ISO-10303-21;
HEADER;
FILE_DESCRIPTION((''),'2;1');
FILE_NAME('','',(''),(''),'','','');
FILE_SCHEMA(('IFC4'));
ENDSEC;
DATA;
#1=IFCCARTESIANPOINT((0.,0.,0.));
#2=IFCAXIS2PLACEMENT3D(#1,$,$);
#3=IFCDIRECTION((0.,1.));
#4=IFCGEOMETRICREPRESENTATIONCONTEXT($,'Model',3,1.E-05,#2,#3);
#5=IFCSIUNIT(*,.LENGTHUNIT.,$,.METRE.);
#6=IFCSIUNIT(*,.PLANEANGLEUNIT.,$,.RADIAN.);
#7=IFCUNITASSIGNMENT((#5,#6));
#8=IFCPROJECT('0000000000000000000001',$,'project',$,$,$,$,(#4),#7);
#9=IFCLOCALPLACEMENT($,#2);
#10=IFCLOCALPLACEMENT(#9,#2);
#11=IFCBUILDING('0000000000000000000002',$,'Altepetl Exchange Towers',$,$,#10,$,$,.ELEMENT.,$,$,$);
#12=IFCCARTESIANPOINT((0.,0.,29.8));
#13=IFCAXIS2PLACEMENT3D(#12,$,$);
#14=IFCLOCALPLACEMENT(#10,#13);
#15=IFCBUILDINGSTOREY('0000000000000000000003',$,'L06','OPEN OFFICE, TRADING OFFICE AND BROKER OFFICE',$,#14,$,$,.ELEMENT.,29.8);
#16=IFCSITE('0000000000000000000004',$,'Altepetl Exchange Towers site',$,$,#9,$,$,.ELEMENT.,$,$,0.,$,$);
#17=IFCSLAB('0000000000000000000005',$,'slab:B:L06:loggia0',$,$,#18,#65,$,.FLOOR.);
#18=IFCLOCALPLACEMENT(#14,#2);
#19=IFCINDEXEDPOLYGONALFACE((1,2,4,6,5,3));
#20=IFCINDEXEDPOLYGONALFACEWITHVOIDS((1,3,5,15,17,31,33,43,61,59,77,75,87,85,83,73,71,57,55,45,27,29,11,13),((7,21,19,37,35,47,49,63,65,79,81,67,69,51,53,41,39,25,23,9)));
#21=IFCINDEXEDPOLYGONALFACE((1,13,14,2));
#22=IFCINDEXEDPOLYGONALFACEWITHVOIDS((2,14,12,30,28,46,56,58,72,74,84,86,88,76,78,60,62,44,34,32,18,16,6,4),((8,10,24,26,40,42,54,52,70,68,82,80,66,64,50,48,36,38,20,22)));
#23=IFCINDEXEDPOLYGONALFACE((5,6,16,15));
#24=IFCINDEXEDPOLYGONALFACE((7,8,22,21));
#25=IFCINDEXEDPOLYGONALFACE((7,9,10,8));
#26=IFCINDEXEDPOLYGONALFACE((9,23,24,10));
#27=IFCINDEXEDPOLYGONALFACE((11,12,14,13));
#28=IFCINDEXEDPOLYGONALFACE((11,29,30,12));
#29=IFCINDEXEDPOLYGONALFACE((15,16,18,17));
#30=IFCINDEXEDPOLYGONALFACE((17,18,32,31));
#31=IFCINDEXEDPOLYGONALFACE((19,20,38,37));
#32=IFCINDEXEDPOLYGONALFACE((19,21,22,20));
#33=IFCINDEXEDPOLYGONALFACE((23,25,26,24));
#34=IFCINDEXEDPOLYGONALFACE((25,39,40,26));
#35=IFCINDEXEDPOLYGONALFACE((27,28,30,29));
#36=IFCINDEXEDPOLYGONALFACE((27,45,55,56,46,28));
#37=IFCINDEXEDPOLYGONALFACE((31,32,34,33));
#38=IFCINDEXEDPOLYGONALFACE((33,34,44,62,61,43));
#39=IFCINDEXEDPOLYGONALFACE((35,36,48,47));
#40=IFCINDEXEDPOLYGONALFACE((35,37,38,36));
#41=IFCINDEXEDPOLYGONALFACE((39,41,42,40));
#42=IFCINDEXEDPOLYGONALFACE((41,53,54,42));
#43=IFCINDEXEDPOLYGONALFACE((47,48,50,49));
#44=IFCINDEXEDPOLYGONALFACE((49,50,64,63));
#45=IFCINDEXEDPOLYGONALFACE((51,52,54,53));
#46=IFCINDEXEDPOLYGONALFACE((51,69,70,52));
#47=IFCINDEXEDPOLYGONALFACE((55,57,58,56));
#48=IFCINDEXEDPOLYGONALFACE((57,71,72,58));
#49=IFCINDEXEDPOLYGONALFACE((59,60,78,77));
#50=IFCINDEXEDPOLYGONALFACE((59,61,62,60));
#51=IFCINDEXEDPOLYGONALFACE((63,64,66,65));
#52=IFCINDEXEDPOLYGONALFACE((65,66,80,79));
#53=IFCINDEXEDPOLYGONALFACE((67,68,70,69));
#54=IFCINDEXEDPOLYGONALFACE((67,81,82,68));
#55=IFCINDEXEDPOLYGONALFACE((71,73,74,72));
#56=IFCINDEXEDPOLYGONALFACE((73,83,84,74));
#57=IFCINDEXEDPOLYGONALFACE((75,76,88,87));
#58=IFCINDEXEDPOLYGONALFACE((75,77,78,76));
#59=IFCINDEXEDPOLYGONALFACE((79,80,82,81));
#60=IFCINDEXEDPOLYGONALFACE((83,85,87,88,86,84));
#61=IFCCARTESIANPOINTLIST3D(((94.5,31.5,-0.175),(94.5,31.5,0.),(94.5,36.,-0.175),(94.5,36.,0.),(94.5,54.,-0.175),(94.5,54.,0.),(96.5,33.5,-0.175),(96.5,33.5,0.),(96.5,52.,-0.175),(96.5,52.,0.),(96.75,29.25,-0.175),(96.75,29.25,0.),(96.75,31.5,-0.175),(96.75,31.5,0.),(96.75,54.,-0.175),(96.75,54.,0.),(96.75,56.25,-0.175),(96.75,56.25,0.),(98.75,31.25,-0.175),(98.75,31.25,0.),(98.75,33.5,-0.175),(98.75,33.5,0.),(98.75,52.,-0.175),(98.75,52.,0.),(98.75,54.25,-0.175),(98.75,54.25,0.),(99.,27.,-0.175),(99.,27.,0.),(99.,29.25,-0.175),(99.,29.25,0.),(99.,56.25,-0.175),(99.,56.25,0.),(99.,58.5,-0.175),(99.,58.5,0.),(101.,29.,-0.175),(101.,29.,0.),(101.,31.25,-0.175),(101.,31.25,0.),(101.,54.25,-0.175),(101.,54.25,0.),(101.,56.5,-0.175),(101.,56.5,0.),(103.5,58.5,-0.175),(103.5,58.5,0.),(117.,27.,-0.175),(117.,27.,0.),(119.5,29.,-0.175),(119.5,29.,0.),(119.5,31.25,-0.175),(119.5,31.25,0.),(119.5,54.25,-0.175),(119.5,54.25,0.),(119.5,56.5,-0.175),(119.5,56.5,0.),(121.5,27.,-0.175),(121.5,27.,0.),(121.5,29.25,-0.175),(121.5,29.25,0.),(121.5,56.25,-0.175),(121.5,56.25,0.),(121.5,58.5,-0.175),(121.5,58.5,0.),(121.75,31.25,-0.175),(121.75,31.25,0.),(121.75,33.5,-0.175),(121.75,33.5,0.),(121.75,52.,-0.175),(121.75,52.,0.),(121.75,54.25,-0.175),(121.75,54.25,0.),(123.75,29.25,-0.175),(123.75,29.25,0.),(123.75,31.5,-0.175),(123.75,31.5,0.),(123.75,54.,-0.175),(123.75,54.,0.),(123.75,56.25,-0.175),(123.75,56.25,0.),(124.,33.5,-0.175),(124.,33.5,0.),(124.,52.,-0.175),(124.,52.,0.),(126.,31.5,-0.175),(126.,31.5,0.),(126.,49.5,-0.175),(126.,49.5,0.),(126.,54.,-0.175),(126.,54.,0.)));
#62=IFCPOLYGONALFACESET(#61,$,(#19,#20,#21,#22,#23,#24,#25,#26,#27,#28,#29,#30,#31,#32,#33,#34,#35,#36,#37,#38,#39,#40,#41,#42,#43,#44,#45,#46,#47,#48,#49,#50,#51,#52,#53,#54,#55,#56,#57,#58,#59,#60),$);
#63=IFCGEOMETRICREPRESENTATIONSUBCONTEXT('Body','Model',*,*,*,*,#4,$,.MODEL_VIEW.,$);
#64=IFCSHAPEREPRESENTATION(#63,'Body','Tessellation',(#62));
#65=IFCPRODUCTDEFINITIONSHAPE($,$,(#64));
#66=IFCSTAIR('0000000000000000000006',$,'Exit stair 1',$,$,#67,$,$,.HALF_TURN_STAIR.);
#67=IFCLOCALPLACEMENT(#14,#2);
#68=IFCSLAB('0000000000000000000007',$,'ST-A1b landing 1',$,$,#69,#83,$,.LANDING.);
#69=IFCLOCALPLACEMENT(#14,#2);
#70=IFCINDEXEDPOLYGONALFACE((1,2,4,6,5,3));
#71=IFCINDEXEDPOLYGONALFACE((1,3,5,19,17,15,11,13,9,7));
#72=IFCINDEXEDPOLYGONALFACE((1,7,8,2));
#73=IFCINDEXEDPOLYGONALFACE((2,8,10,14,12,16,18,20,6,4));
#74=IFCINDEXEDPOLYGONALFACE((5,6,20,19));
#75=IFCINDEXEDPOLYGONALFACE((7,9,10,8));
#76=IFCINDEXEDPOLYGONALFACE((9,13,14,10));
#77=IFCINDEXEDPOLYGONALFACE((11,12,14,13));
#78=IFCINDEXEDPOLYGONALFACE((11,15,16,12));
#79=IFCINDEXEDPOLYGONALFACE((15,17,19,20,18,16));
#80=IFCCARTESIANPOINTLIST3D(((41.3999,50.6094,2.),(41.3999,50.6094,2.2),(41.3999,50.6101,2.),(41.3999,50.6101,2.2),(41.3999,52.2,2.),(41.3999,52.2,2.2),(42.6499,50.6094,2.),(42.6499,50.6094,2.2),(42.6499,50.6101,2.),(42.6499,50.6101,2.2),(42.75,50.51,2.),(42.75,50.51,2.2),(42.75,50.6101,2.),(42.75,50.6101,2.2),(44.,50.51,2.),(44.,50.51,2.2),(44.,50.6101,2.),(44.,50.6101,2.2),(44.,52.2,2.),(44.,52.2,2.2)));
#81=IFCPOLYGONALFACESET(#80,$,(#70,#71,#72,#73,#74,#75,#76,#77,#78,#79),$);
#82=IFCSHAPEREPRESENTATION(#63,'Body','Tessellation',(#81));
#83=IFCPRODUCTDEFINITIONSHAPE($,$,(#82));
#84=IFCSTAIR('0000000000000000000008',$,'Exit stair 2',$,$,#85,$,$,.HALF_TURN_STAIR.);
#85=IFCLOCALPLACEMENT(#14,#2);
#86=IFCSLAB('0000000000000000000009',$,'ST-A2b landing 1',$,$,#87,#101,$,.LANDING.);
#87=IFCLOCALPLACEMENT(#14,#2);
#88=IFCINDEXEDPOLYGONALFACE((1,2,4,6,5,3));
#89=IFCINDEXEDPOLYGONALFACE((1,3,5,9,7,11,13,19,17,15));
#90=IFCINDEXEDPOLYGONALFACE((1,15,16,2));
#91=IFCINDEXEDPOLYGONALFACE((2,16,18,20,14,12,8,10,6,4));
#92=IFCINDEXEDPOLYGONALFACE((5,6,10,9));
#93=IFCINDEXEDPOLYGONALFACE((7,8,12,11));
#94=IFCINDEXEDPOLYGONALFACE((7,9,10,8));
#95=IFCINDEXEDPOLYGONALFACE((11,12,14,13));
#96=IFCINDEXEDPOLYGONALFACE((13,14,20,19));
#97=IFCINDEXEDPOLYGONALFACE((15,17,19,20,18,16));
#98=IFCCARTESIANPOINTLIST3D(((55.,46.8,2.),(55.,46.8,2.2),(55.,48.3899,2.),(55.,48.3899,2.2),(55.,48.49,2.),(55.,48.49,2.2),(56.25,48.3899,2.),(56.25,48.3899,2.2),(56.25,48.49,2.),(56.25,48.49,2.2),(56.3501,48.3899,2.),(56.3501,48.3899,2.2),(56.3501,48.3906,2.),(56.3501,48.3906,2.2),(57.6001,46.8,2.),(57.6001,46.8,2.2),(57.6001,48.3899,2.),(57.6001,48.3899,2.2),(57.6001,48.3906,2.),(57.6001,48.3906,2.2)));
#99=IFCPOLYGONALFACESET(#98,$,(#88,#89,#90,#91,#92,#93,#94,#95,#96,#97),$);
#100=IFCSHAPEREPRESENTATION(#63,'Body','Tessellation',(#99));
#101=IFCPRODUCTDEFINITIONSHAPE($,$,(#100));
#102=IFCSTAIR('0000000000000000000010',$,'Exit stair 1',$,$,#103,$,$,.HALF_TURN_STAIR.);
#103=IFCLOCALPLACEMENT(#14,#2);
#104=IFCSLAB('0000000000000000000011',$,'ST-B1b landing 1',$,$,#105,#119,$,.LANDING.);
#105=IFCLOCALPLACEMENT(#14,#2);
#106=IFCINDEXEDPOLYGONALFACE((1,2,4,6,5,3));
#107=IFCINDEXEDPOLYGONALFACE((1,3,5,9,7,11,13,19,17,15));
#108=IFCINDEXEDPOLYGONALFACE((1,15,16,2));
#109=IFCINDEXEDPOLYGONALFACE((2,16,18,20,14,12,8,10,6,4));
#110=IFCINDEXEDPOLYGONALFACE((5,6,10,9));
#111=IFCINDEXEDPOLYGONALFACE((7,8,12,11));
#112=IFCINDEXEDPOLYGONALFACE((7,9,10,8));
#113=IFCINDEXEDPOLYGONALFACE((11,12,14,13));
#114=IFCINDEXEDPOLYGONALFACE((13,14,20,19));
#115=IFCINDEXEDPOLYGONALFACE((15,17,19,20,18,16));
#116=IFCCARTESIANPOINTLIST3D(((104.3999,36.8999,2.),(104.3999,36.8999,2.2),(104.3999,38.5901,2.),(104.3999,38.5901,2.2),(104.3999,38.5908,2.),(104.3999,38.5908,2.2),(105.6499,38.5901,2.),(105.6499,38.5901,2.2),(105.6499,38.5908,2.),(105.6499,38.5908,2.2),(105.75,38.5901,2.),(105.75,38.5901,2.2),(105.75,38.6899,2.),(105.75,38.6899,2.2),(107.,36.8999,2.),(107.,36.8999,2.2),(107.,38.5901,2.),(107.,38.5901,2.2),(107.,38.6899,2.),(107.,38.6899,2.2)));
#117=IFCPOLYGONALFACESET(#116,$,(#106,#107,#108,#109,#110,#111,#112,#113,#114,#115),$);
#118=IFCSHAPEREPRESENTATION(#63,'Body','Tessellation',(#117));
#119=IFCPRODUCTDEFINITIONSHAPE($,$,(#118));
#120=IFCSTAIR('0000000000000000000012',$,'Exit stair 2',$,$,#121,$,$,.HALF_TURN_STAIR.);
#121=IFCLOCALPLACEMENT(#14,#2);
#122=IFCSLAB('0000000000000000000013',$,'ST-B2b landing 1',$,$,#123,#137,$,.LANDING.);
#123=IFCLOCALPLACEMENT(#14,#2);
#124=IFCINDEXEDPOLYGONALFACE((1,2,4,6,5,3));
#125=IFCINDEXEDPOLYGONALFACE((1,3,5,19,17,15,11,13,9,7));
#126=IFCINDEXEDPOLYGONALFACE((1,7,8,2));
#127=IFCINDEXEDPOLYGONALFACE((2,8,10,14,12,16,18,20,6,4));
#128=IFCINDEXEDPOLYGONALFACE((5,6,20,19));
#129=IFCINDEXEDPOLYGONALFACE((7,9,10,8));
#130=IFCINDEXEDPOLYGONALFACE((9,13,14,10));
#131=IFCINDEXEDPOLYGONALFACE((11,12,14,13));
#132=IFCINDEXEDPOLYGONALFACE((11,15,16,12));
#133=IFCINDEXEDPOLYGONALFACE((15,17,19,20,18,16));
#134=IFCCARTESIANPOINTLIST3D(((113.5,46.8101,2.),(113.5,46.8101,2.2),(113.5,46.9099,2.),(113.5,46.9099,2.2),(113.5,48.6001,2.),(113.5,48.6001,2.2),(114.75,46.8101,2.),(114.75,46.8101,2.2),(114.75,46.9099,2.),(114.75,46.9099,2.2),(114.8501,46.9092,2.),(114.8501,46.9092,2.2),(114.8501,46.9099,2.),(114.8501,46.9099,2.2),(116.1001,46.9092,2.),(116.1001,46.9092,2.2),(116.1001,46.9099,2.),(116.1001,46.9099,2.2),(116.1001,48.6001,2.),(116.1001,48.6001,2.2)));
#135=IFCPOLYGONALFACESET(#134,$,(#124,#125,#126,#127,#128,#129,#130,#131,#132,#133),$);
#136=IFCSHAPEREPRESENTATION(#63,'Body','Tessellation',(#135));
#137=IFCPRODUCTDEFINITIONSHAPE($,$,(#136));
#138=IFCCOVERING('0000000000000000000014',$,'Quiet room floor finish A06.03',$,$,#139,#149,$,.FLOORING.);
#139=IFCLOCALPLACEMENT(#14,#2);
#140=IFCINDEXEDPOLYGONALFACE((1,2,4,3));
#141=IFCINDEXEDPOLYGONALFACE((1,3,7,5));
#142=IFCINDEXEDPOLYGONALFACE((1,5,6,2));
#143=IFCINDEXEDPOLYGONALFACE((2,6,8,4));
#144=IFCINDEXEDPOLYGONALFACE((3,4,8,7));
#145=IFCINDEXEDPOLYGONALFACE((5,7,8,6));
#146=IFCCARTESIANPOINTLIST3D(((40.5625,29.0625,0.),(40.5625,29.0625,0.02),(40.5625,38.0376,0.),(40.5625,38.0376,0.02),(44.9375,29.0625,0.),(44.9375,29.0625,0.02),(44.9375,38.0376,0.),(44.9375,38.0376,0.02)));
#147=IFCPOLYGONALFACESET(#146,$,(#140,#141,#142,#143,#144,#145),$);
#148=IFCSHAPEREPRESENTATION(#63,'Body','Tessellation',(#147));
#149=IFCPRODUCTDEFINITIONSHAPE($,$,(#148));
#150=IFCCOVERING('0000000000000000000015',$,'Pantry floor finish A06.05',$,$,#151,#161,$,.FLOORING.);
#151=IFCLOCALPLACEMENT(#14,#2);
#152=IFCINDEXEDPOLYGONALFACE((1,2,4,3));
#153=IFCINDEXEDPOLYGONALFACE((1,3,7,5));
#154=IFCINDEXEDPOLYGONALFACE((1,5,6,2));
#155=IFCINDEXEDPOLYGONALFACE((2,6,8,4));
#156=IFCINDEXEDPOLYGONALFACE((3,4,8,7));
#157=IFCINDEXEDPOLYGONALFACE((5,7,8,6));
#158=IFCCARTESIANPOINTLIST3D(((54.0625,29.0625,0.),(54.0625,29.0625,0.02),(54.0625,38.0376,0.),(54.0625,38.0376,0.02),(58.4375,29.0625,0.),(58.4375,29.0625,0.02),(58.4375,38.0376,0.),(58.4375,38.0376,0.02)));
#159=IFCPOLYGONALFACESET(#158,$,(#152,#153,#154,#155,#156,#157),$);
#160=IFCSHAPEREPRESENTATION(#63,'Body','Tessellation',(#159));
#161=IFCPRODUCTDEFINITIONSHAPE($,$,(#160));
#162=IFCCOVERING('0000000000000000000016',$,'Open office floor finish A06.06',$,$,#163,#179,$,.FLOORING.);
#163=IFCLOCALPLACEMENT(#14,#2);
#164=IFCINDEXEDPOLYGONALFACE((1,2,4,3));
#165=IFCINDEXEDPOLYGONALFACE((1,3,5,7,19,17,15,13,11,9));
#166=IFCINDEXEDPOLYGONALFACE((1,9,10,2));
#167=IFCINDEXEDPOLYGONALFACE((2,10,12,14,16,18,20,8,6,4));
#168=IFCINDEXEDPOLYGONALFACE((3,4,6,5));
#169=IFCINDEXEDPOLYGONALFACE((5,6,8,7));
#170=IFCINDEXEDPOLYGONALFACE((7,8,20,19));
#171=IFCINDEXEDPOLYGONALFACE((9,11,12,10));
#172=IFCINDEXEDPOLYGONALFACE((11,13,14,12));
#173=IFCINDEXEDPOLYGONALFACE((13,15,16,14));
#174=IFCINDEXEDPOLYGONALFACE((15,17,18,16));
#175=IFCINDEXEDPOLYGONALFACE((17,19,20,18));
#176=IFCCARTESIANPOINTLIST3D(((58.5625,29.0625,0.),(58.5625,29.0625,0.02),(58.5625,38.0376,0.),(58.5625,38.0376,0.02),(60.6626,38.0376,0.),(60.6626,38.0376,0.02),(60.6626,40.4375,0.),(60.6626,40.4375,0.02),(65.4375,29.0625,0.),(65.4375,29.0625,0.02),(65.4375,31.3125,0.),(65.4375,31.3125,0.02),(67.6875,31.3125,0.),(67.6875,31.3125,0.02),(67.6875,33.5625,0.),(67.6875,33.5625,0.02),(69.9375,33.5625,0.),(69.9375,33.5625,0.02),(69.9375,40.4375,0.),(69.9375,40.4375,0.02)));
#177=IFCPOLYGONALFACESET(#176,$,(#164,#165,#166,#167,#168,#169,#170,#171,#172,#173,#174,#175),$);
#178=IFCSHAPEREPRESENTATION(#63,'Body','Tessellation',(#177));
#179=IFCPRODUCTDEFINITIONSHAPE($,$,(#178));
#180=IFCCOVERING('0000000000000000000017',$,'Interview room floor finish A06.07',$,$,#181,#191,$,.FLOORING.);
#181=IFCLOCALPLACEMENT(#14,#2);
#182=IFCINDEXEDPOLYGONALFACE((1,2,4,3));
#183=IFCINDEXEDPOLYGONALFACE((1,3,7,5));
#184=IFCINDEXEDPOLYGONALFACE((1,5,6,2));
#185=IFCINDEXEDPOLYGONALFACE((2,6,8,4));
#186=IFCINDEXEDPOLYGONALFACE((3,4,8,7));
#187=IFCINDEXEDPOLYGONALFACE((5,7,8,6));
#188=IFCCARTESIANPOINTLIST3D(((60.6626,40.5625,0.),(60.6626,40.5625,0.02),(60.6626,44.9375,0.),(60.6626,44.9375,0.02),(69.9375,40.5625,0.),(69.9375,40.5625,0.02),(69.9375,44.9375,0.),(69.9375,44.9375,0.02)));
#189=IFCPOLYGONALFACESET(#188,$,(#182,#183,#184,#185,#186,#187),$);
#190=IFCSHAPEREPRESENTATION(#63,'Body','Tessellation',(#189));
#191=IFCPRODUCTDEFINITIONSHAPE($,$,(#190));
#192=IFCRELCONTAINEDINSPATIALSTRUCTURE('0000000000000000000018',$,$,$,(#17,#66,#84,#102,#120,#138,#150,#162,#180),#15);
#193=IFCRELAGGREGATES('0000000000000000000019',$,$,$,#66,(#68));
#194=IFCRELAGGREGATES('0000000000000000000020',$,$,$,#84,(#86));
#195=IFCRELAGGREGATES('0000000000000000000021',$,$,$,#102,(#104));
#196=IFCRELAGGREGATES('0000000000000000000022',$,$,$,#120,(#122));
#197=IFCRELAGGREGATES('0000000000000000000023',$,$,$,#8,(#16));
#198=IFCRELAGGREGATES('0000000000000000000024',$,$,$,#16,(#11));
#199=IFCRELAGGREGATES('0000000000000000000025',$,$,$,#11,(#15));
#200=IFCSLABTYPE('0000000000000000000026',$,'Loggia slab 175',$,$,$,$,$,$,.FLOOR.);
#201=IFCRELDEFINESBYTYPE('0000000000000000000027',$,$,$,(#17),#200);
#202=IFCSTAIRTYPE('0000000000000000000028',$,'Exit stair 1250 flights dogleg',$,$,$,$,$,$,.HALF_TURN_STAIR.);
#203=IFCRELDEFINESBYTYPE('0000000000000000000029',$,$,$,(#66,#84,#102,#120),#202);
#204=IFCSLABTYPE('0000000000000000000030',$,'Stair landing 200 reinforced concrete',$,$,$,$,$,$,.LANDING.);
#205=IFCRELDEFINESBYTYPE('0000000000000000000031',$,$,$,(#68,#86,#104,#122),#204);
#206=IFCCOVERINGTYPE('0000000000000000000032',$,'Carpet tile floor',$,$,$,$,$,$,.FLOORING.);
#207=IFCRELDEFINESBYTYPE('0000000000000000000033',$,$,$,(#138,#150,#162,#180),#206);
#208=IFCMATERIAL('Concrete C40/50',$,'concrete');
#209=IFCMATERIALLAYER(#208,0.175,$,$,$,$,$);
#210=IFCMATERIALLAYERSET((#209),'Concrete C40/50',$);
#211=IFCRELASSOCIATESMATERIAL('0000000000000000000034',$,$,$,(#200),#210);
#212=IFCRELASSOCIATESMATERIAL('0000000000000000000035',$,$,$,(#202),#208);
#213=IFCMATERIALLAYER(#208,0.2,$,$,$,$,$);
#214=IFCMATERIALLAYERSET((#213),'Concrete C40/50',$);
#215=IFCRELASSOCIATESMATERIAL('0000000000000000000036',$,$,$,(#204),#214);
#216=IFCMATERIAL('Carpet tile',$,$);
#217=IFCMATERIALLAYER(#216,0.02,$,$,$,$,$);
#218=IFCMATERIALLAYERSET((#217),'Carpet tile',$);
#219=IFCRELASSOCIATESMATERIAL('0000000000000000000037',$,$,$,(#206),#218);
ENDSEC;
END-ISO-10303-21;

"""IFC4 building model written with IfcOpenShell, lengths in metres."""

from ifc_helpers import new_model, si_unit, direction, frame, origin, place, context, subcontext, project, spatial, polyline, outline, extrude, material, layer, layer_set, type_object, element, aggregate, save


model = new_model("IFC4")

# Units and contexts
model_context = context("Model", 3, precision=1e-05, world=origin(), true_north=direction((0.0, 1.0)))
body_context = subcontext(model_context, "Body", "Model", "MODEL_VIEW")
ifc_project = project(units=[si_unit("LENGTHUNIT", "METRE"), si_unit("PLANEANGLEUNIT", "RADIAN")], contexts=[model_context])

# Site, building, storey
site_placement = place(None, origin())
site = spatial("IfcSite", under=ifc_project, at=site_placement, Name="Altepetl Exchange Towers site", CompositionType="ELEMENT", RefElevation=0.0)
building_placement = place(site_placement, origin())
building = spatial("IfcBuilding", under=site, at=building_placement, Name="Altepetl Exchange Towers", CompositionType="ELEMENT")
storey_placement = place(building_placement, frame((0.0, 0.0, 29.8)))
storey = spatial("IfcBuildingStorey", under=building, at=storey_placement, Name="L06", Description="OPEN OFFICE, TRADING OFFICE AND BROKER OFFICE", CompositionType="ELEMENT", Elevation=29.8)

# Slab
ifc_material_1 = material(Name="Concrete C40/50", Category="concrete")
ifc_layer_1 = layer(ifc_material_1, 0.175)
ifc_layer_set_1 = layer_set([ifc_layer_1], Name="Concrete C40/50")
slab_type_1 = type_object("IfcSlabType", Name="Loggia slab 175", PredefinedType="FLOOR", material=ifc_layer_set_1)
slab_1_placement = place(storey_placement, frame((0.0, 0.0, -0.175)))
element("IfcSlab", 1, at=slab_1_placement, inside=storey, type_object=slab_type_1, Name="slab:B:L06:loggia0", PredefinedType="FLOOR", context=body_context, shape_type="SweptSolid", body=[
    extrude(outline(polyline([(96.75, 54.0), (94.5, 54.0), (94.5, 36.0), (94.5, 31.5), (96.75, 31.5), (96.75, 29.25), (99.0, 29.25), (99.0, 27.0), (117.0, 27.0), (121.5, 27.0), (121.5, 29.25), (123.75, 29.25), (123.75, 31.5), (126.0, 31.5), (126.0, 49.5), (126.0, 54.0), (123.75, 54.0), (123.75, 56.25), (121.5, 56.25), (121.5, 58.5), (103.5, 58.5), (99.0, 58.5), (99.0, 56.25), (96.75, 56.25), (96.75, 54.0)]), holes=[polyline([(96.5, 52.0), (98.75, 52.0), (98.75, 54.25), (101.0, 54.25), (101.0, 56.5), (119.5, 56.5), (119.5, 54.25), (121.75, 54.25), (121.75, 52.0), (124.0, 52.0), (124.0, 33.5), (121.75, 33.5), (121.75, 31.25), (119.5, 31.25), (119.5, 29.0), (101.0, 29.0), (101.0, 31.25), (98.75, 31.25), (98.75, 33.5), (96.5, 33.5), (96.5, 52.0)])]), origin(), (0.0, 0.0, 1.0), 0.175),
])

# Stairs, slabs
stair_type = type_object("IfcStairType", Name="Exit stair 1250 flights dogleg", PredefinedType="HALF_TURN_STAIR", material=ifc_material_1)
stair_1_placement = place(storey_placement, origin())
stair_1 = element("IfcStair", 2, at=stair_1_placement, inside=storey, type_object=stair_type, Name="Exit stair 1", PredefinedType="HALF_TURN_STAIR")
ifc_layer_2 = layer(ifc_material_1, 0.2)
ifc_layer_set_2 = layer_set([ifc_layer_2], Name="Concrete C40/50")
slab_type_2 = type_object("IfcSlabType", Name="Stair landing 200 reinforced concrete", PredefinedType="LANDING", material=ifc_layer_set_2)
slab_2_placement = place(storey_placement, frame((0.0, 0.0, 2.0)))
slab_2 = element("IfcSlab", 3, at=slab_2_placement, type_object=slab_type_2, Name="ST-A1b landing 1", PredefinedType="LANDING", context=body_context, shape_type="SweptSolid", body=[
    extrude(outline(polyline([(44.0, 50.51), (42.75, 50.51), (42.75, 50.6101), (42.6499, 50.6101), (42.6499, 50.6094), (41.3999, 50.6094), (41.3999, 50.6101), (41.3999, 52.2), (44.0, 52.2), (44.0, 50.6101), (44.0, 50.51)])), origin(), (0.0, 0.0, 1.0), 0.2),
])
aggregate(stair_1, [slab_2])
stair_2_placement = place(storey_placement, origin())
stair_2 = element("IfcStair", 4, at=stair_2_placement, inside=storey, type_object=stair_type, Name="Exit stair 2", PredefinedType="HALF_TURN_STAIR")
slab_3_placement = place(storey_placement, frame((0.0, 0.0, 2.0)))
slab_3 = element("IfcSlab", 5, at=slab_3_placement, type_object=slab_type_2, Name="ST-A2b landing 1", PredefinedType="LANDING", context=body_context, shape_type="SweptSolid", body=[
    extrude(outline(polyline([(57.6001, 46.8), (55.0, 46.8), (55.0, 48.3899), (55.0, 48.49), (56.25, 48.49), (56.25, 48.3899), (56.3501, 48.3899), (56.3501, 48.3906), (57.6001, 48.3906), (57.6001, 48.3899), (57.6001, 46.8)])), origin(), (0.0, 0.0, 1.0), 0.2),
])
aggregate(stair_2, [slab_3])
stair_3_placement = place(storey_placement, origin())
stair_3 = element("IfcStair", 6, at=stair_3_placement, inside=storey, type_object=stair_type, Name="Exit stair 1", PredefinedType="HALF_TURN_STAIR")
slab_4_placement = place(storey_placement, frame((0.0, 0.0, 2.0)))
slab_4 = element("IfcSlab", 7, at=slab_4_placement, type_object=slab_type_2, Name="ST-B1b landing 1", PredefinedType="LANDING", context=body_context, shape_type="SweptSolid", body=[
    extrude(outline(polyline([(107.0, 36.8999), (104.3999, 36.8999), (104.3999, 38.5901), (104.3999, 38.5908), (105.6499, 38.5908), (105.6499, 38.5901), (105.75, 38.5901), (105.75, 38.6899), (107.0, 38.6899), (107.0, 38.5901), (107.0, 36.8999)])), origin(), (0.0, 0.0, 1.0), 0.2),
])
aggregate(stair_3, [slab_4])
stair_4_placement = place(storey_placement, origin())
stair_4 = element("IfcStair", 8, at=stair_4_placement, inside=storey, type_object=stair_type, Name="Exit stair 2", PredefinedType="HALF_TURN_STAIR")
slab_5_placement = place(storey_placement, frame((0.0, 0.0, 2.0)))
slab_5 = element("IfcSlab", 9, at=slab_5_placement, type_object=slab_type_2, Name="ST-B2b landing 1", PredefinedType="LANDING", context=body_context, shape_type="SweptSolid", body=[
    extrude(outline(polyline([(114.75, 46.8101), (113.5, 46.8101), (113.5, 46.9099), (113.5, 48.6001), (116.1001, 48.6001), (116.1001, 46.9099), (116.1001, 46.9092), (114.8501, 46.9092), (114.8501, 46.9099), (114.75, 46.9099), (114.75, 46.8101)])), origin(), (0.0, 0.0, 1.0), 0.2),
])
aggregate(stair_4, [slab_5])

# Coverings
ifc_material_2 = material(Name="Carpet tile")
ifc_layer_3 = layer(ifc_material_2, 0.02)
ifc_layer_set_3 = layer_set([ifc_layer_3], Name="Carpet tile")
covering_type_1 = type_object("IfcCoveringType", Name="Carpet tile floor", PredefinedType="FLOORING", material=ifc_layer_set_3)
covering_1_placement = place(storey_placement, origin())
element("IfcCovering", 10, at=covering_1_placement, inside=storey, type_object=covering_type_1, Name="Quiet room floor finish A06.03", PredefinedType="FLOORING", context=body_context, shape_type="SweptSolid", body=[
    extrude(outline(polyline([(44.9375, 29.0625), (44.9375, 38.0376), (40.5625, 38.0376), (40.5625, 29.0625), (44.9375, 29.0625)])), origin(), (0.0, 0.0, 1.0), 0.02),
])
covering_2_placement = place(storey_placement, origin())
element("IfcCovering", 11, at=covering_2_placement, inside=storey, type_object=covering_type_1, Name="Pantry floor finish A06.05", PredefinedType="FLOORING", context=body_context, shape_type="SweptSolid", body=[
    extrude(outline(polyline([(58.4375, 29.0625), (58.4375, 38.0376), (54.0625, 38.0376), (54.0625, 29.0625), (58.4375, 29.0625)])), origin(), (0.0, 0.0, 1.0), 0.02),
])
covering_3_placement = place(storey_placement, origin())
element("IfcCovering", 12, at=covering_3_placement, inside=storey, type_object=covering_type_1, Name="Open office floor finish A06.06", PredefinedType="FLOORING", context=body_context, shape_type="SweptSolid", body=[
    extrude(outline(polyline([(58.5625, 29.0625), (65.4375, 29.0625), (65.4375, 31.3125), (67.6875, 31.3125), (67.6875, 33.5625), (69.9375, 33.5625), (69.9375, 40.4375), (60.6626, 40.4375), (60.6626, 38.0376), (58.5625, 38.0376), (58.5625, 29.0625)])), origin(), (0.0, 0.0, 1.0), 0.02),
])
covering_4_placement = place(storey_placement, origin())
element("IfcCovering", 13, at=covering_4_placement, inside=storey, type_object=covering_type_1, Name="Interview room floor finish A06.07", PredefinedType="FLOORING", context=body_context, shape_type="SweptSolid", body=[
    extrude(outline(polyline([(69.9375, 44.9375), (60.6626, 44.9375), (60.6626, 40.5625), (69.9375, 40.5625), (69.9375, 44.9375)])), origin(), (0.0, 0.0, 1.0), 0.02),
])

save(model, "model.ifc")
